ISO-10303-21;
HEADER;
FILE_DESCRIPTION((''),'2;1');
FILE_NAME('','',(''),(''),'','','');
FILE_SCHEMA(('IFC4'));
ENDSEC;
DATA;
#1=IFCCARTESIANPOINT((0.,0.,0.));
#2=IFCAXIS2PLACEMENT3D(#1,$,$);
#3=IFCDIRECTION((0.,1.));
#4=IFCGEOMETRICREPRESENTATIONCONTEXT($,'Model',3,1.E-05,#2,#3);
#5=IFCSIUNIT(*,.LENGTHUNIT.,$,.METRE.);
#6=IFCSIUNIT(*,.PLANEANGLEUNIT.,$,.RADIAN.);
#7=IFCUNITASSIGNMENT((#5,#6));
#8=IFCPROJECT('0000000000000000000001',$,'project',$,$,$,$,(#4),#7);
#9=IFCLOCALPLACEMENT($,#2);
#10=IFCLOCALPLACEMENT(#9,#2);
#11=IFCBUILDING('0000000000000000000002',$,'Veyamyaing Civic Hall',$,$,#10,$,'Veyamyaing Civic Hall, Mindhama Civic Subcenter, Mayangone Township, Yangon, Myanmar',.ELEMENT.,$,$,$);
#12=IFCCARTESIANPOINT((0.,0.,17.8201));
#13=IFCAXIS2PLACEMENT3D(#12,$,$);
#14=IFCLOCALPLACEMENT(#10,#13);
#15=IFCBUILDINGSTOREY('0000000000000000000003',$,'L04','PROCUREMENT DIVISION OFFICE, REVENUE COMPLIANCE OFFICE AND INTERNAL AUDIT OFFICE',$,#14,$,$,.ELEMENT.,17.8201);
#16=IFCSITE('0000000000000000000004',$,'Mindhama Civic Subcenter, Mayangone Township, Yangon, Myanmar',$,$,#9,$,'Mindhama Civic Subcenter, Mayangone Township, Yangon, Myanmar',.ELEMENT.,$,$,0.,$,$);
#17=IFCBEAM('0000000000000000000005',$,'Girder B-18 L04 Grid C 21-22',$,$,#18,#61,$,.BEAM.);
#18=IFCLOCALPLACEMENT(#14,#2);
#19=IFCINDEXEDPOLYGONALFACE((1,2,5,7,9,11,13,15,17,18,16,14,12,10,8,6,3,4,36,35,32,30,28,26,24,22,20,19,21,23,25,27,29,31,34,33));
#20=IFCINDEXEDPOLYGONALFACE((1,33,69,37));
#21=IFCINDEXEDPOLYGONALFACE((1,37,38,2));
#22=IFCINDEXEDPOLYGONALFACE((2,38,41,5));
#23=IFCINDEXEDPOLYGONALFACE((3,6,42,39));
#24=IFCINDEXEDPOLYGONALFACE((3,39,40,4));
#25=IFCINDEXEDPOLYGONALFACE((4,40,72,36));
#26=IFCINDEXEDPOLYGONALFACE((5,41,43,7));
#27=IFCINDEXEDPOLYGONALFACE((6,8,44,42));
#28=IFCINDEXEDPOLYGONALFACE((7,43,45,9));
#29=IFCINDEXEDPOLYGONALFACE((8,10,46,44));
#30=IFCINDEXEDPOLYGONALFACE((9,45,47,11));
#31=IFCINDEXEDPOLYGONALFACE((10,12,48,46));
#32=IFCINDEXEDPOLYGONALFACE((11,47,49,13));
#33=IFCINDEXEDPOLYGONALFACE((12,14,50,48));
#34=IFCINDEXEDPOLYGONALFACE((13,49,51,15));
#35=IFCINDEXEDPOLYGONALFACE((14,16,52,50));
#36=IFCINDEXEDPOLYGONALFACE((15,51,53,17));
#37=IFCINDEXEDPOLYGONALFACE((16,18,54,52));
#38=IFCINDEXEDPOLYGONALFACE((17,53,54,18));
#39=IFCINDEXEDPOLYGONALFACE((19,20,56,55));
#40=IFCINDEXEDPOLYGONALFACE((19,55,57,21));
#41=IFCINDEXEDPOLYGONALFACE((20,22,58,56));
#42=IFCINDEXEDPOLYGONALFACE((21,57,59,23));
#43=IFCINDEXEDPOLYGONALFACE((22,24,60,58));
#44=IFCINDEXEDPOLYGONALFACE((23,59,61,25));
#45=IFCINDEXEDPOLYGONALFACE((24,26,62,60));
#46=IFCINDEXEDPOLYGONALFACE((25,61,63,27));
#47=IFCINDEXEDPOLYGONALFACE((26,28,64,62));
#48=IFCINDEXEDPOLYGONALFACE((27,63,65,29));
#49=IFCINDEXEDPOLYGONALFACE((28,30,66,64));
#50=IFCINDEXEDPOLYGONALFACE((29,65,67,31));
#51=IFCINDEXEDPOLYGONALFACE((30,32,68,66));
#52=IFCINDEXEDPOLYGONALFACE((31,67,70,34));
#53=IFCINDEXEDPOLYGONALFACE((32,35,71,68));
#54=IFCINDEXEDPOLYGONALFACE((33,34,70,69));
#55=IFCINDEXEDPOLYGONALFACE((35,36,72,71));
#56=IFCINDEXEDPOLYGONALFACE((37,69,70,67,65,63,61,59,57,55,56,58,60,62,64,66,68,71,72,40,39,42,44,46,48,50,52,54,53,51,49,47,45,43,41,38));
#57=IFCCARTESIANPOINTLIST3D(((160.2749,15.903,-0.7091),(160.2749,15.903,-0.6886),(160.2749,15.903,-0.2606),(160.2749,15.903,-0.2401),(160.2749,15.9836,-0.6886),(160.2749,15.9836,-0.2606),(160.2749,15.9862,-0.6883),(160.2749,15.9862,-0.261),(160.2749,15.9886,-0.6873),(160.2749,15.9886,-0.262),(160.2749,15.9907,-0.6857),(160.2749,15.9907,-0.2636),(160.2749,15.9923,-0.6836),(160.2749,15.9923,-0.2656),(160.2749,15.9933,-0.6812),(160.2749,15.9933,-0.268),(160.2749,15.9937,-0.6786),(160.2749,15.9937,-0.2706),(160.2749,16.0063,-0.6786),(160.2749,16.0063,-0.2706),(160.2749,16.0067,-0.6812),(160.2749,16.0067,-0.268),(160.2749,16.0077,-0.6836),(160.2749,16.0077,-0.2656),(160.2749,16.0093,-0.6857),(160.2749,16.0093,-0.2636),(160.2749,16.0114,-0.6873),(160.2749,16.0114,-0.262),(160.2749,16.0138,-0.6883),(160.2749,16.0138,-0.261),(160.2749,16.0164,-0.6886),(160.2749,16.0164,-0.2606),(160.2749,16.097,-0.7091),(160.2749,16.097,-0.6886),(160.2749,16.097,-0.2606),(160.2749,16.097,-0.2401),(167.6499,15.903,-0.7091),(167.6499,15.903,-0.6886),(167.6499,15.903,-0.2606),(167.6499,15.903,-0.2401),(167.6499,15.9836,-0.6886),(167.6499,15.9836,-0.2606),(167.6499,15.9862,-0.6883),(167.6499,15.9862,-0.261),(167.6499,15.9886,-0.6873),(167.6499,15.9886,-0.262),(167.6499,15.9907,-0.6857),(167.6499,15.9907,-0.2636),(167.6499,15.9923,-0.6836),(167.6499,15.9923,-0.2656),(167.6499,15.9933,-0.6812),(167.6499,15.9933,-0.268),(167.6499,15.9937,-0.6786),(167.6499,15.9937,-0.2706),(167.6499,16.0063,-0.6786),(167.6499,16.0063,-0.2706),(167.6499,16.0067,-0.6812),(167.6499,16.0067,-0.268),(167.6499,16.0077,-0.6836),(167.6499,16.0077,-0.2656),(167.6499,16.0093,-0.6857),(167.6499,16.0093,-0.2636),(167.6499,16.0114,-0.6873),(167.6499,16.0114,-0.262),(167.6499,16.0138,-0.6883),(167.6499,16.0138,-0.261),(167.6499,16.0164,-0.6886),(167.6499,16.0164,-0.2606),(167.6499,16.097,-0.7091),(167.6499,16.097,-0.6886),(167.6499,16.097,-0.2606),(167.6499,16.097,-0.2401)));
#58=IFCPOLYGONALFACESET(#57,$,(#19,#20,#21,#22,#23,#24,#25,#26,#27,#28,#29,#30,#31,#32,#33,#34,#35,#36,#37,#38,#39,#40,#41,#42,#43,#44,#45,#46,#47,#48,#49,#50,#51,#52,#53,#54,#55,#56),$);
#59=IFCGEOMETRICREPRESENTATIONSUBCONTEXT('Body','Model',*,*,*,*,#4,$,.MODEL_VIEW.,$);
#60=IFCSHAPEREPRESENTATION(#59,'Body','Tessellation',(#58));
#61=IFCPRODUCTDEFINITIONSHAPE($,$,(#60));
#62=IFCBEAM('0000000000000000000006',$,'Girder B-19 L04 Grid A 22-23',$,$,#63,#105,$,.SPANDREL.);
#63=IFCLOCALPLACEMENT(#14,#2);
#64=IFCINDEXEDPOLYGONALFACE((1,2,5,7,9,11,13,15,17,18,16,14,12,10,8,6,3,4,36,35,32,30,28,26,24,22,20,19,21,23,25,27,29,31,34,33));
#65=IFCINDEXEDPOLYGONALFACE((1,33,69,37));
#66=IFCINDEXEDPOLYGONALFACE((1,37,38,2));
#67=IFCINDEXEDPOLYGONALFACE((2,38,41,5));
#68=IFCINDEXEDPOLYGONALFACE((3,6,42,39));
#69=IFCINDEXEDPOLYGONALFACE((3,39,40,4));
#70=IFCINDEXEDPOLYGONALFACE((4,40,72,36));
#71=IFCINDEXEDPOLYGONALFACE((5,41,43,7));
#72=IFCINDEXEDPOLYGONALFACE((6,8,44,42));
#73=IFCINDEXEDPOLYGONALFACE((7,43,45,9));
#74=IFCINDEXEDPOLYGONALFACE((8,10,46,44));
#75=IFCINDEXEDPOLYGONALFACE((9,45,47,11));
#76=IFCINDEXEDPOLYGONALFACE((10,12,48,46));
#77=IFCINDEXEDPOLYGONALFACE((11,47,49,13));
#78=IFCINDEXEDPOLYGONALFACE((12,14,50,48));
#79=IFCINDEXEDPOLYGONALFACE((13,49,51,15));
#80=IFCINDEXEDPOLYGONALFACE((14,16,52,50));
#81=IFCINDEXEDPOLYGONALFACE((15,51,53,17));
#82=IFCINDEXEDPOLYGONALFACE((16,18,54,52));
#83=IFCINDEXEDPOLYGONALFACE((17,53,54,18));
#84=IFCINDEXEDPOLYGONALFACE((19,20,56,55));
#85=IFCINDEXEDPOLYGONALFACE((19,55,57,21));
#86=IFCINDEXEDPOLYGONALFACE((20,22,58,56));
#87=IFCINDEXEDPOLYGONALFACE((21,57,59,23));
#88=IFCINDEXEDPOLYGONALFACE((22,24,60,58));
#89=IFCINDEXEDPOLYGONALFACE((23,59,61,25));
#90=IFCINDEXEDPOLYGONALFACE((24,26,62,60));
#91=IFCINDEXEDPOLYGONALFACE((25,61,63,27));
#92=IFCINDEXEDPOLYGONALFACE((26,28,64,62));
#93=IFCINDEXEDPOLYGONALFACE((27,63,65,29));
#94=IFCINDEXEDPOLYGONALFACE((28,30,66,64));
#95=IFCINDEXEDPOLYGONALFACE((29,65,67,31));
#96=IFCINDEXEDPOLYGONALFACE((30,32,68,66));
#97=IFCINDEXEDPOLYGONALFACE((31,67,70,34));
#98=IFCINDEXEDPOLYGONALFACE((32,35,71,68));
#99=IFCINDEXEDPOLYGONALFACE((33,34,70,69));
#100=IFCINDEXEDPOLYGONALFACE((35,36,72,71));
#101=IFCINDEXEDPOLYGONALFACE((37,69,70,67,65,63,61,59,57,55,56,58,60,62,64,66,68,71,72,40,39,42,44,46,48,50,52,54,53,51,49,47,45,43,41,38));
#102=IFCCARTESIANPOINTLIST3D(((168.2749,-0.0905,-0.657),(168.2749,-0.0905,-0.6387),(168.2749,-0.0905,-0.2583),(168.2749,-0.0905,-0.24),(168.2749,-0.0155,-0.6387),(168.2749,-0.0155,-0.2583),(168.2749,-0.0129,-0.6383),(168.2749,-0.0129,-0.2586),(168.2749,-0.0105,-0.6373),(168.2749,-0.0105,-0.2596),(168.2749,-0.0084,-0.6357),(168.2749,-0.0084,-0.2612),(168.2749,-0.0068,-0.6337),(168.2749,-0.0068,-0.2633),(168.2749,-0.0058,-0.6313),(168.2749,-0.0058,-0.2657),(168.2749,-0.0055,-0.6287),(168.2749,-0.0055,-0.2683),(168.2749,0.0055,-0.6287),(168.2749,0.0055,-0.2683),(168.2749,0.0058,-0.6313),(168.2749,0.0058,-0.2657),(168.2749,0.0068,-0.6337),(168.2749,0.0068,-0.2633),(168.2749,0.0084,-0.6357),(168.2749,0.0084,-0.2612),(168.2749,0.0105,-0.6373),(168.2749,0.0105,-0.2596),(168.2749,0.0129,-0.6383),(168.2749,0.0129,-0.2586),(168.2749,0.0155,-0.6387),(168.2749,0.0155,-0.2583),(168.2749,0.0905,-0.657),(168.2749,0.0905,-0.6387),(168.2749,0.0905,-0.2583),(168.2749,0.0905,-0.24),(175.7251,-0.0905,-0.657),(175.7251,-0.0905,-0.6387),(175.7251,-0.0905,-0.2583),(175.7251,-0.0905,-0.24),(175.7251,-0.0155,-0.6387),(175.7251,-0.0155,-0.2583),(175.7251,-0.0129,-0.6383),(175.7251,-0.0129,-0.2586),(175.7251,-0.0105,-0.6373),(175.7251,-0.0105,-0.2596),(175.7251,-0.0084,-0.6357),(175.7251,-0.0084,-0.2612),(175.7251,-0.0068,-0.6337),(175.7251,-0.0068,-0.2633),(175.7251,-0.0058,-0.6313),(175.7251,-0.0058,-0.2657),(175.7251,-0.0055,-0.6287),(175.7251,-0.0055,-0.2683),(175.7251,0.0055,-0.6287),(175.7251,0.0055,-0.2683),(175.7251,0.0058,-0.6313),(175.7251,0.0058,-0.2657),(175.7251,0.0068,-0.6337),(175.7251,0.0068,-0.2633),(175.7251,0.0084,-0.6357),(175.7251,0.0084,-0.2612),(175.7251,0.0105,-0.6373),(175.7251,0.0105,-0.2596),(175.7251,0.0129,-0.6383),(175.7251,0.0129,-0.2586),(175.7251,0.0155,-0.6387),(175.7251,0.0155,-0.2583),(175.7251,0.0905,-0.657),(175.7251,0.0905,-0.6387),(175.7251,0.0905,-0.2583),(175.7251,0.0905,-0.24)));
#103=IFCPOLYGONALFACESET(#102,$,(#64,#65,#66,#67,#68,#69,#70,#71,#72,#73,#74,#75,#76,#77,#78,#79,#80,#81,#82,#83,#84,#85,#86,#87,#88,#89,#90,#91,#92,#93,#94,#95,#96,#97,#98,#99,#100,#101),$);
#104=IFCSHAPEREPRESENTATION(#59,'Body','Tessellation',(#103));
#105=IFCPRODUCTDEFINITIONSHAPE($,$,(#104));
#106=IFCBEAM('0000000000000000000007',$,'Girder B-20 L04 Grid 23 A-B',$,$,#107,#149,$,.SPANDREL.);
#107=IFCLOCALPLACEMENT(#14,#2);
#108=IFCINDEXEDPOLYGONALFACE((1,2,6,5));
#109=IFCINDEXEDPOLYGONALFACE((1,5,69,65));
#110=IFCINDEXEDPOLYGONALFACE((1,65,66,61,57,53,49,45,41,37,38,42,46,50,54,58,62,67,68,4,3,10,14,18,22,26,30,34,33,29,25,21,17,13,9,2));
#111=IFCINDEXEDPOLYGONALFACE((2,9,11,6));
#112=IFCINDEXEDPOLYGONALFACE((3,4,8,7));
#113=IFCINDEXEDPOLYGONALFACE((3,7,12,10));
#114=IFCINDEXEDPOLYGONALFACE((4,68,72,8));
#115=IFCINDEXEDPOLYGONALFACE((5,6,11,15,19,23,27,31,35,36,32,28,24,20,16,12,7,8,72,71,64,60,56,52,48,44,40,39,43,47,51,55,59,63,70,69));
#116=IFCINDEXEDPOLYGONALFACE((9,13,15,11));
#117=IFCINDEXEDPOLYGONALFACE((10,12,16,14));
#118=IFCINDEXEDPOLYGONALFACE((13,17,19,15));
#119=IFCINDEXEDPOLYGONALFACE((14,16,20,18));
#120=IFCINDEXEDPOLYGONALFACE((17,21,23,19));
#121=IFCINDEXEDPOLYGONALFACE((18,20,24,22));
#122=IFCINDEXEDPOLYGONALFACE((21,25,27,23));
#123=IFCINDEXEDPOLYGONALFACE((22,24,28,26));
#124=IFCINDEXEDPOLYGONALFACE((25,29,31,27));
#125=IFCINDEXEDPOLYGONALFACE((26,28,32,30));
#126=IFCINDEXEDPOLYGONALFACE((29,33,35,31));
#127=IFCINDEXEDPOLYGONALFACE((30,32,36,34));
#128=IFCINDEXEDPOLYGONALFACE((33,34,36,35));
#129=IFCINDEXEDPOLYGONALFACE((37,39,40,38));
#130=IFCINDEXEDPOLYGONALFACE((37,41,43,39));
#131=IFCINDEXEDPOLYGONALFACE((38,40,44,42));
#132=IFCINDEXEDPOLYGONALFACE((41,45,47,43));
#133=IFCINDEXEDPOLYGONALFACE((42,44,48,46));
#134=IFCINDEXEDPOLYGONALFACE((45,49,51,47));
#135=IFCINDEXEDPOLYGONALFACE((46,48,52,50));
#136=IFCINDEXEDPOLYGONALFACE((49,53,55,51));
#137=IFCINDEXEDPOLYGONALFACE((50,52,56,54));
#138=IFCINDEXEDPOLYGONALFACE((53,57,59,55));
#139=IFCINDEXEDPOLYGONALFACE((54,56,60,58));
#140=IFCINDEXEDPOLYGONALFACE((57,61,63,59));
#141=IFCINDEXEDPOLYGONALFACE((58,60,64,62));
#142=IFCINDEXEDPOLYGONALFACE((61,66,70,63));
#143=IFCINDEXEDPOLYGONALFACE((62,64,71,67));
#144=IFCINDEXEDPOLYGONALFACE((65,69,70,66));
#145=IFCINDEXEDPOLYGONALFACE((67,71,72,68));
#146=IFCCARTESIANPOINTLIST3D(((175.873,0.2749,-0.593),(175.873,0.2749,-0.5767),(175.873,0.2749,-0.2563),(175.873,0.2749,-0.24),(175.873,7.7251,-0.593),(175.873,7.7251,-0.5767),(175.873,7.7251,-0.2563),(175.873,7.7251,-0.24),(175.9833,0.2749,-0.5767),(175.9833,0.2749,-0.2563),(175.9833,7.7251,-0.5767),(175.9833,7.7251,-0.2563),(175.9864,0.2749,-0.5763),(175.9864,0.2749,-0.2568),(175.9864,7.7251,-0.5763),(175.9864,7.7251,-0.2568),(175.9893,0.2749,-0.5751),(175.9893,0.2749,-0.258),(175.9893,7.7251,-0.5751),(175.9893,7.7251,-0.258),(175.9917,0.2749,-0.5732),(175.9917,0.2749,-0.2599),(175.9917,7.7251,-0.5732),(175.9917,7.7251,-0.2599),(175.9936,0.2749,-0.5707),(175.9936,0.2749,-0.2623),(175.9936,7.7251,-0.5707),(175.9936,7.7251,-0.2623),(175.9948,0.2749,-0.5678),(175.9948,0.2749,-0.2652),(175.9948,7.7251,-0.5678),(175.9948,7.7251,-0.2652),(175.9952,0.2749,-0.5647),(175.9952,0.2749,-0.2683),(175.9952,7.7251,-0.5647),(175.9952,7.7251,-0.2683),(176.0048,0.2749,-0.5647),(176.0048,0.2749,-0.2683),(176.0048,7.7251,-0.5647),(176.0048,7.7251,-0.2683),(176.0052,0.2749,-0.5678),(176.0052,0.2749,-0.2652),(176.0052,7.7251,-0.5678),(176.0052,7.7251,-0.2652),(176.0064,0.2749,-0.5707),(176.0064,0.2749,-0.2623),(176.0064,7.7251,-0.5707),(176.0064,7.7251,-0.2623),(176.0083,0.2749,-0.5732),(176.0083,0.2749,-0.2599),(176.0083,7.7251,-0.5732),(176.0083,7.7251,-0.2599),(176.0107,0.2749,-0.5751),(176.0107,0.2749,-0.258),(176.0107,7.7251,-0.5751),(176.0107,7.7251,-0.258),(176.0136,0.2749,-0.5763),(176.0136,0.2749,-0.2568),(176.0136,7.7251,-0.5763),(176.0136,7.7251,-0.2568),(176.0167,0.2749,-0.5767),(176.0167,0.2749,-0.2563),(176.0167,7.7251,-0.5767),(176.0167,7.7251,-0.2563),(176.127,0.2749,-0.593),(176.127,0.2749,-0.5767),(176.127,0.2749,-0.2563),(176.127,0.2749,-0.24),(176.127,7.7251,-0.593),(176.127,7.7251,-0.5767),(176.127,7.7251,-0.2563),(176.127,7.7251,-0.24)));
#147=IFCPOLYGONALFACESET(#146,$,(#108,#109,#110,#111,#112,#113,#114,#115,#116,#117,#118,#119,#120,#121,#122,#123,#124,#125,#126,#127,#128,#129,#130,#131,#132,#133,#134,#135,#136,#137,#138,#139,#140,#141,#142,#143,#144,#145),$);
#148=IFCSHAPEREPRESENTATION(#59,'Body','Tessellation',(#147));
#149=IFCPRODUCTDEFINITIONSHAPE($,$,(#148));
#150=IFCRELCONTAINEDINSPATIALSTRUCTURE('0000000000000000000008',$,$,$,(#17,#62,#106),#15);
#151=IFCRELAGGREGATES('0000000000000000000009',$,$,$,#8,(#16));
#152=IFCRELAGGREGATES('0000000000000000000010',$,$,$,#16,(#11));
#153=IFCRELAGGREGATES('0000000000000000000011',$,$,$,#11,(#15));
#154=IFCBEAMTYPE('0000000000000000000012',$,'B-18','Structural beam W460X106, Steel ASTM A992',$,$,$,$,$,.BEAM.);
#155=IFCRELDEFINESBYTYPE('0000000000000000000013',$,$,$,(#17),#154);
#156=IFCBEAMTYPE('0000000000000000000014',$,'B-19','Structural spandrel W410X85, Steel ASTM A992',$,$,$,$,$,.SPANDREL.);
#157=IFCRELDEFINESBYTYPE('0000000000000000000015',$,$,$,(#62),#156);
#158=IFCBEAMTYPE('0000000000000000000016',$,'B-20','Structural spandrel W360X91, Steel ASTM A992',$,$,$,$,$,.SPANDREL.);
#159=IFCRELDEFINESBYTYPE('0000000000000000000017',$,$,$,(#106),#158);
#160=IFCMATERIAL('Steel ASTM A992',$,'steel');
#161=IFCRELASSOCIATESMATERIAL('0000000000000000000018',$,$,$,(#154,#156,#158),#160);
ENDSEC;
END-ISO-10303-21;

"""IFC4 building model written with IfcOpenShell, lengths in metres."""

from ifc_helpers import new_model, si_unit, direction, frame, origin, origin_2d, place, context, subcontext, project, spatial, i_section, extrude, material, material_profile, profile_set, type_object, element, save


model = new_model("IFC4")

# Units and contexts
model_context = context("Model", 3, precision=1e-05, world=origin(), true_north=direction((0.0, 1.0)))
body_context = subcontext(model_context, "Body", "Model", "MODEL_VIEW")
ifc_project = project(units=[si_unit("LENGTHUNIT", "METRE"), si_unit("PLANEANGLEUNIT", "RADIAN")], contexts=[model_context])

# Site, building, storey
site_placement = place(None, origin())
site = spatial("IfcSite", under=ifc_project, at=site_placement, Name="Mindhama Civic Subcenter, Mayangone Township, Yangon, Myanmar", LongName="Mindhama Civic Subcenter, Mayangone Township, Yangon, Myanmar", CompositionType="ELEMENT", RefElevation=0.0)
building_placement = place(site_placement, origin())
building = spatial("IfcBuilding", under=site, at=building_placement, Name="Veyamyaing Civic Hall", LongName="Veyamyaing Civic Hall, Mindhama Civic Subcenter, Mayangone Township, Yangon, Myanmar", CompositionType="ELEMENT")
storey_placement = place(building_placement, frame((0.0, 0.0, 17.8201)))
storey = spatial("IfcBuildingStorey", under=building, at=storey_placement, Name="L04", Description="PROCUREMENT DIVISION OFFICE, REVENUE COMPLIANCE OFFICE AND INTERNAL AUDIT OFFICE", CompositionType="ELEMENT", Elevation=17.8201)

# Beams
ifc_material_1 = material(Name="Steel ASTM A992", Category="steel")
ifc_material_profile_1 = material_profile(ifc_material_1, i_section(OverallWidth=0.1941, OverallDepth=0.469, WebThickness=0.0127, FlangeThickness=0.0205, FilletRadius=0.01, at=origin_2d()), Name="W460X106")
ifc_profile_set_1 = profile_set([ifc_material_profile_1], Name="Steel ASTM A992")
beam_type_1 = type_object("IfcBeamType", Name="B-18", Description="Structural beam W460X106, Steel ASTM A992", PredefinedType="BEAM", material=ifc_profile_set_1)
beam_1_placement = place(storey_placement, frame((160.2749, 16.0, -0.4746), z_axis=(1.0, 0.0, 0.0), x_axis=(0.0, 1.0, 0.0)))
element("IfcBeam", 1, at=beam_1_placement, inside=storey, type_object=beam_type_1, Name="Girder B-18 L04 Grid C 21-22", PredefinedType="BEAM", context=body_context, shape_type="SweptSolid", body=[
    extrude(i_section(OverallWidth=0.1941, OverallDepth=0.469, WebThickness=0.0127, FlangeThickness=0.0205, FilletRadius=0.01, at=origin_2d()), origin(), (0.0, 0.0, 1.0), 7.375),
])
ifc_material_profile_2 = material_profile(ifc_material_1, i_section(OverallWidth=0.1809, OverallDepth=0.417, WebThickness=0.011, FlangeThickness=0.0183, FilletRadius=0.01, at=origin_2d()), Name="W410X85")
ifc_profile_set_2 = profile_set([ifc_material_profile_2], Name="Steel ASTM A992")
beam_type_2 = type_object("IfcBeamType", Name="B-19", Description="Structural spandrel W410X85, Steel ASTM A992", PredefinedType="SPANDREL", material=ifc_profile_set_2)
beam_2_placement = place(storey_placement, frame((168.2749, 0.0, -0.4485), z_axis=(1.0, 0.0, 0.0), x_axis=(0.0, 1.0, 0.0)))
element("IfcBeam", 2, at=beam_2_placement, inside=storey, type_object=beam_type_2, Name="Girder B-19 L04 Grid A 22-23", PredefinedType="SPANDREL", context=body_context, shape_type="SweptSolid", body=[
    extrude(i_section(OverallWidth=0.1809, OverallDepth=0.417, WebThickness=0.011, FlangeThickness=0.0183, FilletRadius=0.01, at=origin_2d()), origin(), (0.0, 0.0, 1.0), 7.4502),
])
ifc_material_profile_3 = material_profile(ifc_material_1, i_section(OverallWidth=0.2539, OverallDepth=0.353, WebThickness=0.0095, FlangeThickness=0.0164, FilletRadius=0.012, at=origin_2d()), Name="W360X91")
ifc_profile_set_3 = profile_set([ifc_material_profile_3], Name="Steel ASTM A992")
beam_type_3 = type_object("IfcBeamType", Name="B-20", Description="Structural spandrel W360X91, Steel ASTM A992", PredefinedType="SPANDREL", material=ifc_profile_set_3)
beam_3_placement = place(storey_placement, frame((176.0, 0.2749, -0.4165), z_axis=(0.0, 1.0, 0.0), x_axis=(-1.0, 0.0, 0.0)))
element("IfcBeam", 3, at=beam_3_placement, inside=storey, type_object=beam_type_3, Name="Girder B-20 L04 Grid 23 A-B", PredefinedType="SPANDREL", context=body_context, shape_type="SweptSolid", body=[
    extrude(i_section(OverallWidth=0.2539, OverallDepth=0.353, WebThickness=0.0095, FlangeThickness=0.0164, FilletRadius=0.012, at=origin_2d()), origin(), (0.0, 0.0, 1.0), 7.4502),
])

save(model, "model.ifc")
